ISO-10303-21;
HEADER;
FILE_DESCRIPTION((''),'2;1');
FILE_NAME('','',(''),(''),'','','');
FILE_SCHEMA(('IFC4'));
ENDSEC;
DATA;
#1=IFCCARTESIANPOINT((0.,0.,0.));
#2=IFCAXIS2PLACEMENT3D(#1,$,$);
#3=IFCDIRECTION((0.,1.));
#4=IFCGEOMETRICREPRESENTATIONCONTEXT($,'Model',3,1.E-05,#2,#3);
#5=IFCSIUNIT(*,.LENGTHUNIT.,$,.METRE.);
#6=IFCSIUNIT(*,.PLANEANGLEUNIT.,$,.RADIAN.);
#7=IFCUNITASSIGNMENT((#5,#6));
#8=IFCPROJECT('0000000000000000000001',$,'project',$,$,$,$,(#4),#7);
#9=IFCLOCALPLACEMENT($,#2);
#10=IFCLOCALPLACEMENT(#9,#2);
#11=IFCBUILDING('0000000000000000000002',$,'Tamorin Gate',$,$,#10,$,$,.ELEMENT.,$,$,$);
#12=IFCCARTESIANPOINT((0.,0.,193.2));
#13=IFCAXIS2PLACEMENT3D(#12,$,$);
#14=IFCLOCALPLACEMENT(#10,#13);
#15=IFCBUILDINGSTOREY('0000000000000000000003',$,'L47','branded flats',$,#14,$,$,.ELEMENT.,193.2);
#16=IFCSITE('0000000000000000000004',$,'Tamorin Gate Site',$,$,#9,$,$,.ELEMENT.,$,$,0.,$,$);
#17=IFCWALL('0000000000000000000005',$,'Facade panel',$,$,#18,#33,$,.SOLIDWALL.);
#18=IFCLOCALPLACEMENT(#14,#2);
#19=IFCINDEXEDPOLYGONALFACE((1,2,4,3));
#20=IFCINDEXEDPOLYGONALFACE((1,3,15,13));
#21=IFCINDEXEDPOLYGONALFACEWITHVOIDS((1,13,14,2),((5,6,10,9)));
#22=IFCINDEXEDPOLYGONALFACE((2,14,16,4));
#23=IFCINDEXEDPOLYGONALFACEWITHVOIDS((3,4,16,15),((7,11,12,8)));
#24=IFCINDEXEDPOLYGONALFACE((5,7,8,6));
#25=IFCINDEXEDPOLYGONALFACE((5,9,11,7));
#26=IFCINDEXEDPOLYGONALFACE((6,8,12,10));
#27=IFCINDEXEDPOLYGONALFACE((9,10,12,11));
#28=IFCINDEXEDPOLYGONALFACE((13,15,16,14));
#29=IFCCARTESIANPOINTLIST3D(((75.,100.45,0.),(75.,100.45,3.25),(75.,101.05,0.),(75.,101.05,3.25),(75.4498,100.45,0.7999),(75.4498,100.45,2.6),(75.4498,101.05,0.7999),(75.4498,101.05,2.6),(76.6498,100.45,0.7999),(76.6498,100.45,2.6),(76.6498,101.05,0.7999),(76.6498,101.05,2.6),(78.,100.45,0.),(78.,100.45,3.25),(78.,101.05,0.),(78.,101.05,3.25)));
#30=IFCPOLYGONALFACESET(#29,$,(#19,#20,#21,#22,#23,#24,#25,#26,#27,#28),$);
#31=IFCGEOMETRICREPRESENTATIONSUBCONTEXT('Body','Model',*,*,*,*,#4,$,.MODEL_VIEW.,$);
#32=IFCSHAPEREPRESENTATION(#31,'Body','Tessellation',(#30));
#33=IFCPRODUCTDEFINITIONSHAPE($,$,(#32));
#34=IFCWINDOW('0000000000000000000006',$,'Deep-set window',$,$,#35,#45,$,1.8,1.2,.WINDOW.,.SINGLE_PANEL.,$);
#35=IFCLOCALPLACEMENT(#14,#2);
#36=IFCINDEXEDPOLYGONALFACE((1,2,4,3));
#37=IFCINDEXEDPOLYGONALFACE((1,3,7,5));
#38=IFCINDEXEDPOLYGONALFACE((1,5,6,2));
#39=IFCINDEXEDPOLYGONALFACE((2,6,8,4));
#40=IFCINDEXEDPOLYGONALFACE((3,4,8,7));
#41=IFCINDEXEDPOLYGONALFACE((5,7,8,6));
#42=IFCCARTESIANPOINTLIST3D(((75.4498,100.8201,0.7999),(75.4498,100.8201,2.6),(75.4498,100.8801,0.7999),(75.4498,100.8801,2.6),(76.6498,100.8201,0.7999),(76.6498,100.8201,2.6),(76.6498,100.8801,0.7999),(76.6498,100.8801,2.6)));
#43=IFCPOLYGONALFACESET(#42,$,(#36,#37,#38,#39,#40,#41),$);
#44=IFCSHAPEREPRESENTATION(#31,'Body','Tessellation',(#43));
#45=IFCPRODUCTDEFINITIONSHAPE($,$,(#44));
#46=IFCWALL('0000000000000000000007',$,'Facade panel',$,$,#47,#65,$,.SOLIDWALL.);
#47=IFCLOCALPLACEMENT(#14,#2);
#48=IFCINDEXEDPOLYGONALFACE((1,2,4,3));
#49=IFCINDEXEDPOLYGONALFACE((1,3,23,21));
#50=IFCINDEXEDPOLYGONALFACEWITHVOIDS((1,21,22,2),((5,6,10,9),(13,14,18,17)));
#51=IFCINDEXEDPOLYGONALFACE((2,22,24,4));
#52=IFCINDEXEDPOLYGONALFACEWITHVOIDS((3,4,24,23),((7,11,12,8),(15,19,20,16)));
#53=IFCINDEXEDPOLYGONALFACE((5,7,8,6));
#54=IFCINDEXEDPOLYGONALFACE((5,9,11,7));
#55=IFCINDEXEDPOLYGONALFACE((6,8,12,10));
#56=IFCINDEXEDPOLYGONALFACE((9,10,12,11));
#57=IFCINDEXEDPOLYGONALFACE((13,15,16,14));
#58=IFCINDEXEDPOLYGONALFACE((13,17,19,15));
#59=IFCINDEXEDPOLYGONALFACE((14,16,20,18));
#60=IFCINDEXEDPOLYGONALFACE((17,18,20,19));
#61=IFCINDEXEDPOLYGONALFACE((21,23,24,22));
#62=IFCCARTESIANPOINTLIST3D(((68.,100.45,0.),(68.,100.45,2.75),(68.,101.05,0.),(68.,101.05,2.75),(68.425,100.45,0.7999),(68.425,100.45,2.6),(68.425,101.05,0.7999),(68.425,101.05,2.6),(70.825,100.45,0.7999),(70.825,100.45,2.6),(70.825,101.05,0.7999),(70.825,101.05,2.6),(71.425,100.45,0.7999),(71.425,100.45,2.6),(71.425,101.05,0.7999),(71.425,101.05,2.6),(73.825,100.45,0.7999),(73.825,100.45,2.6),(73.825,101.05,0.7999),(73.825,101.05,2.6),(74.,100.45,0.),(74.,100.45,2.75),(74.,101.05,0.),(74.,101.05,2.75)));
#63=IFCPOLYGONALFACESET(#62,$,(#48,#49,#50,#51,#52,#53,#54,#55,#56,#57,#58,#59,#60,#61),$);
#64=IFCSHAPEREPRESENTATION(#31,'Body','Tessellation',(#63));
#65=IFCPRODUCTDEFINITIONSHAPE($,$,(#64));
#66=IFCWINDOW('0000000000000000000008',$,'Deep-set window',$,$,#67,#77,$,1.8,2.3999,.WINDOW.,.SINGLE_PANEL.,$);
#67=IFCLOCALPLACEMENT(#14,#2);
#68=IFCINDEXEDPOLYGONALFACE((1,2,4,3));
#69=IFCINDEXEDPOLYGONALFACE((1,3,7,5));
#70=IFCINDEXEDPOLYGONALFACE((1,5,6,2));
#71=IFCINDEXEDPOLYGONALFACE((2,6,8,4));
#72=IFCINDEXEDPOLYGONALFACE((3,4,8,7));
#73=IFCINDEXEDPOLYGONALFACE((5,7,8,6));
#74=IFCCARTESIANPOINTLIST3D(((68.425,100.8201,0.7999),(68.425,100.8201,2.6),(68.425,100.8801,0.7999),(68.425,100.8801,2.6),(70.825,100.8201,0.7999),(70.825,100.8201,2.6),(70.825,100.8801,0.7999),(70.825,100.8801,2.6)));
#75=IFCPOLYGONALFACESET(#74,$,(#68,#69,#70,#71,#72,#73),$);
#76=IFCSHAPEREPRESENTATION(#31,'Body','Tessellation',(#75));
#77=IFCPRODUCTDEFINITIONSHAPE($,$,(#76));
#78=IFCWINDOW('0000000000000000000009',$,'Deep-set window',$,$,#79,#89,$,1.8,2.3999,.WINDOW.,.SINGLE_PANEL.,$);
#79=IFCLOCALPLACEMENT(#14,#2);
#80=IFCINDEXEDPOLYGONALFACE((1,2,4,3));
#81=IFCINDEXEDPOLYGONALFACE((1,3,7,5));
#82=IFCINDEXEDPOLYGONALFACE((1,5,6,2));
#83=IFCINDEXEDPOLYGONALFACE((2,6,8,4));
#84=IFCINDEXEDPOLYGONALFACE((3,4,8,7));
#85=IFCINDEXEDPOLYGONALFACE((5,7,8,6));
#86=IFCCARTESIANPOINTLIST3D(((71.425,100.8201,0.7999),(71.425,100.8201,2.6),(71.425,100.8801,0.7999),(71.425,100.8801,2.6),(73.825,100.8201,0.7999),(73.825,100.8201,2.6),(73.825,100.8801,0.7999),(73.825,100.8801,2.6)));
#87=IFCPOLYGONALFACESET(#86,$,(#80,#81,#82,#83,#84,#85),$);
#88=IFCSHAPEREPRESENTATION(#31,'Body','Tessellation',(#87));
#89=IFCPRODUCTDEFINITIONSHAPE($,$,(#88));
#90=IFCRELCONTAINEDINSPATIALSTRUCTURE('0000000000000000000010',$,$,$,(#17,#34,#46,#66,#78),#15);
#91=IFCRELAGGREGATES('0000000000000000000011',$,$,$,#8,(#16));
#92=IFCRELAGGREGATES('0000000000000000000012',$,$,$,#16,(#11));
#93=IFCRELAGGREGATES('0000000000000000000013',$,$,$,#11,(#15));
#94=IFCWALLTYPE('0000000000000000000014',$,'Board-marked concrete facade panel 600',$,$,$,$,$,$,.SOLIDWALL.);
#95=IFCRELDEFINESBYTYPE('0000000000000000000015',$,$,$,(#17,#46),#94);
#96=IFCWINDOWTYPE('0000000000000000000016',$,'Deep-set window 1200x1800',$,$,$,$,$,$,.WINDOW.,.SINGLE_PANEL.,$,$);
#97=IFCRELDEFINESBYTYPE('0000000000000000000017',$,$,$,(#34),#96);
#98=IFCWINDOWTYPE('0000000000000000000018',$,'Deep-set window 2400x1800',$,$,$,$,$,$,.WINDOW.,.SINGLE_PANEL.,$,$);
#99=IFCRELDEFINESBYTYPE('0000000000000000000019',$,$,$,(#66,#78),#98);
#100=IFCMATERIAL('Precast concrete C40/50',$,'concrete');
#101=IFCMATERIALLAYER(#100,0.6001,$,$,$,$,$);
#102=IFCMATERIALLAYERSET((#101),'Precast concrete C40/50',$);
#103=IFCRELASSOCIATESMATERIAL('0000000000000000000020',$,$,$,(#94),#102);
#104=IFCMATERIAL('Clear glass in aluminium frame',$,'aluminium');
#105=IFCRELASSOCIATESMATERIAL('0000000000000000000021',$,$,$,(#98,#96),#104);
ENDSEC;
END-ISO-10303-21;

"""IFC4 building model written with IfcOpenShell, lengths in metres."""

from ifc_helpers import new_model, si_unit, direction, frame, frame_2d, origin, place, context, subcontext, project, spatial, rectangle, extrude, material, layer, layer_set, type_object, element, fill, save


model = new_model("IFC4")

# Units and contexts
model_context = context("Model", 3, precision=1e-05, world=origin(), true_north=direction((0.0, 1.0)))
body_context = subcontext(model_context, "Body", "Model", "MODEL_VIEW")
ifc_project = project(units=[si_unit("LENGTHUNIT", "METRE"), si_unit("PLANEANGLEUNIT", "RADIAN")], contexts=[model_context])

# Site, building, storey
site_placement = place(None, origin())
site = spatial("IfcSite", under=ifc_project, at=site_placement, Name="Tamorin Gate Site", CompositionType="ELEMENT", RefElevation=0.0)
building_placement = place(site_placement, origin())
building = spatial("IfcBuilding", under=site, at=building_placement, Name="Tamorin Gate", CompositionType="ELEMENT")
storey_placement = place(building_placement, frame((0.0, 0.0, 193.2)))
storey = spatial("IfcBuildingStorey", under=building, at=storey_placement, Name="L47", Description="branded flats", CompositionType="ELEMENT", Elevation=193.2)

# Shared definitions
ifc_material_1 = material(Name="Precast concrete C40/50", Category="concrete")
ifc_layer = layer(ifc_material_1, 0.6001)
ifc_layer_set = layer_set([ifc_layer], Name="Precast concrete C40/50")
wall_type = type_object("IfcWallType", Name="Board-marked concrete facade panel 600", PredefinedType="SOLIDWALL", material=ifc_layer_set)
ifc_material_2 = material(Name="Clear glass in aluminium frame", Category="aluminium")
window_type_1 = type_object("IfcWindowType", Name="Deep-set window 2400x1800", PartitioningType="SINGLE_PANEL", PredefinedType="WINDOW", material=ifc_material_2)
window_type_2 = type_object("IfcWindowType", Name="Deep-set window 1200x1800", PartitioningType="SINGLE_PANEL", PredefinedType="WINDOW", material=ifc_material_2)

# Wall, opening, window
wall_1_placement = place(storey_placement, frame((78.0, 100.75, 0.0), z_axis=(0.0, 0.0, 1.0), x_axis=(-1.0, 0.0, 0.0)))
wall_1 = element("IfcWall", 1, at=wall_1_placement, inside=storey, type_object=wall_type, Name="Facade panel", PredefinedType="SOLIDWALL", context=body_context, shape_type="SweptSolid", body=[
    extrude(rectangle(XDim=3.0, YDim=0.6001, at=frame_2d((1.5, 0.0))), origin(), (0.0, 0.0, 1.0), 3.25),
])
opening_1_placement = place(wall_1_placement, frame((1.3501, 0.0, 0.8)))
opening_1 = element("IfcOpeningElement", 2, at=opening_1_placement, cuts=wall_1, PredefinedType="OPENING", context=body_context, shape_type="SweptSolid", body=[
    extrude(rectangle(XDim=1.2, YDim=1.8, at=frame_2d((0.6001, 0.8999))), frame((0.0, 0.3101, 0.0), z_axis=(0.0, -1.0, 0.0), x_axis=(1.0, 0.0, 0.0)), (0.0, 0.0, 1.0), 0.6201),
])
window_1_placement = place(opening_1_placement, origin())
window_1 = element("IfcWindow", 3, at=window_1_placement, inside=storey, type_object=window_type_2, Name="Deep-set window", OverallHeight=1.8, OverallWidth=1.2, PartitioningType="SINGLE_PANEL", PredefinedType="WINDOW", context=body_context, shape_type="SweptSolid", body=[
    extrude(rectangle(XDim=1.2, YDim=1.8, at=frame_2d((0.6001, 0.8999))), frame((0.0, -0.0701, 0.0), z_axis=(0.0, -1.0, 0.0), x_axis=(1.0, 0.0, 0.0)), (0.0, 0.0, 1.0), 0.0601),
])
fill(opening_1, window_1)

# Wall, openings, windows
wall_2_placement = place(storey_placement, frame((74.0, 100.75, 0.0), z_axis=(0.0, 0.0, 1.0), x_axis=(-1.0, 0.0, 0.0)))
wall_2 = element("IfcWall", 4, at=wall_2_placement, inside=storey, type_object=wall_type, Name="Facade panel", PredefinedType="SOLIDWALL", context=body_context, shape_type="SweptSolid", body=[
    extrude(rectangle(XDim=6.0, YDim=0.6001, at=frame_2d((3.0, 0.0))), origin(), (0.0, 0.0, 1.0), 2.75),
])
opening_2_placement = place(wall_2_placement, frame((3.175, 0.0, 0.8)))
opening_2 = element("IfcOpeningElement", 5, at=opening_2_placement, cuts=wall_2, PredefinedType="OPENING", context=body_context, shape_type="SweptSolid", body=[
    extrude(rectangle(XDim=2.3999, YDim=1.8, at=frame_2d((1.2, 0.8999))), frame((0.0, 0.3101, 0.0), z_axis=(0.0, -1.0, 0.0), x_axis=(1.0, 0.0, 0.0)), (0.0, 0.0, 1.0), 0.6201),
])
opening_3_placement = place(wall_2_placement, frame((0.175, 0.0, 0.8)))
opening_3 = element("IfcOpeningElement", 6, at=opening_3_placement, cuts=wall_2, PredefinedType="OPENING", context=body_context, shape_type="SweptSolid", body=[
    extrude(rectangle(XDim=2.3999, YDim=1.8, at=frame_2d((1.2, 0.8999))), frame((0.0, 0.3101, 0.0), z_axis=(0.0, -1.0, 0.0), x_axis=(1.0, 0.0, 0.0)), (0.0, 0.0, 1.0), 0.6201),
])
window_2_placement = place(opening_2_placement, origin())
window_2 = element("IfcWindow", 7, at=window_2_placement, inside=storey, type_object=window_type_1, Name="Deep-set window", OverallHeight=1.8, OverallWidth=2.3999, PartitioningType="SINGLE_PANEL", PredefinedType="WINDOW", context=body_context, shape_type="SweptSolid", body=[
    extrude(rectangle(XDim=2.3999, YDim=1.8, at=frame_2d((1.2, 0.8999))), frame((0.0, -0.0701, 0.0), z_axis=(0.0, -1.0, 0.0), x_axis=(1.0, 0.0, 0.0)), (0.0, 0.0, 1.0), 0.0601),
])
fill(opening_2, window_2)
window_3_placement = place(opening_3_placement, origin())
window_3 = element("IfcWindow", 8, at=window_3_placement, inside=storey, type_object=window_type_1, Name="Deep-set window", OverallHeight=1.8, OverallWidth=2.3999, PartitioningType="SINGLE_PANEL", PredefinedType="WINDOW", context=body_context, shape_type="SweptSolid", body=[
    extrude(rectangle(XDim=2.3999, YDim=1.8, at=frame_2d((1.2, 0.8999))), frame((0.0, -0.0701, 0.0), z_axis=(0.0, -1.0, 0.0), x_axis=(1.0, 0.0, 0.0)), (0.0, 0.0, 1.0), 0.0601),
])
fill(opening_3, window_3)

save(model, "model.ifc")
